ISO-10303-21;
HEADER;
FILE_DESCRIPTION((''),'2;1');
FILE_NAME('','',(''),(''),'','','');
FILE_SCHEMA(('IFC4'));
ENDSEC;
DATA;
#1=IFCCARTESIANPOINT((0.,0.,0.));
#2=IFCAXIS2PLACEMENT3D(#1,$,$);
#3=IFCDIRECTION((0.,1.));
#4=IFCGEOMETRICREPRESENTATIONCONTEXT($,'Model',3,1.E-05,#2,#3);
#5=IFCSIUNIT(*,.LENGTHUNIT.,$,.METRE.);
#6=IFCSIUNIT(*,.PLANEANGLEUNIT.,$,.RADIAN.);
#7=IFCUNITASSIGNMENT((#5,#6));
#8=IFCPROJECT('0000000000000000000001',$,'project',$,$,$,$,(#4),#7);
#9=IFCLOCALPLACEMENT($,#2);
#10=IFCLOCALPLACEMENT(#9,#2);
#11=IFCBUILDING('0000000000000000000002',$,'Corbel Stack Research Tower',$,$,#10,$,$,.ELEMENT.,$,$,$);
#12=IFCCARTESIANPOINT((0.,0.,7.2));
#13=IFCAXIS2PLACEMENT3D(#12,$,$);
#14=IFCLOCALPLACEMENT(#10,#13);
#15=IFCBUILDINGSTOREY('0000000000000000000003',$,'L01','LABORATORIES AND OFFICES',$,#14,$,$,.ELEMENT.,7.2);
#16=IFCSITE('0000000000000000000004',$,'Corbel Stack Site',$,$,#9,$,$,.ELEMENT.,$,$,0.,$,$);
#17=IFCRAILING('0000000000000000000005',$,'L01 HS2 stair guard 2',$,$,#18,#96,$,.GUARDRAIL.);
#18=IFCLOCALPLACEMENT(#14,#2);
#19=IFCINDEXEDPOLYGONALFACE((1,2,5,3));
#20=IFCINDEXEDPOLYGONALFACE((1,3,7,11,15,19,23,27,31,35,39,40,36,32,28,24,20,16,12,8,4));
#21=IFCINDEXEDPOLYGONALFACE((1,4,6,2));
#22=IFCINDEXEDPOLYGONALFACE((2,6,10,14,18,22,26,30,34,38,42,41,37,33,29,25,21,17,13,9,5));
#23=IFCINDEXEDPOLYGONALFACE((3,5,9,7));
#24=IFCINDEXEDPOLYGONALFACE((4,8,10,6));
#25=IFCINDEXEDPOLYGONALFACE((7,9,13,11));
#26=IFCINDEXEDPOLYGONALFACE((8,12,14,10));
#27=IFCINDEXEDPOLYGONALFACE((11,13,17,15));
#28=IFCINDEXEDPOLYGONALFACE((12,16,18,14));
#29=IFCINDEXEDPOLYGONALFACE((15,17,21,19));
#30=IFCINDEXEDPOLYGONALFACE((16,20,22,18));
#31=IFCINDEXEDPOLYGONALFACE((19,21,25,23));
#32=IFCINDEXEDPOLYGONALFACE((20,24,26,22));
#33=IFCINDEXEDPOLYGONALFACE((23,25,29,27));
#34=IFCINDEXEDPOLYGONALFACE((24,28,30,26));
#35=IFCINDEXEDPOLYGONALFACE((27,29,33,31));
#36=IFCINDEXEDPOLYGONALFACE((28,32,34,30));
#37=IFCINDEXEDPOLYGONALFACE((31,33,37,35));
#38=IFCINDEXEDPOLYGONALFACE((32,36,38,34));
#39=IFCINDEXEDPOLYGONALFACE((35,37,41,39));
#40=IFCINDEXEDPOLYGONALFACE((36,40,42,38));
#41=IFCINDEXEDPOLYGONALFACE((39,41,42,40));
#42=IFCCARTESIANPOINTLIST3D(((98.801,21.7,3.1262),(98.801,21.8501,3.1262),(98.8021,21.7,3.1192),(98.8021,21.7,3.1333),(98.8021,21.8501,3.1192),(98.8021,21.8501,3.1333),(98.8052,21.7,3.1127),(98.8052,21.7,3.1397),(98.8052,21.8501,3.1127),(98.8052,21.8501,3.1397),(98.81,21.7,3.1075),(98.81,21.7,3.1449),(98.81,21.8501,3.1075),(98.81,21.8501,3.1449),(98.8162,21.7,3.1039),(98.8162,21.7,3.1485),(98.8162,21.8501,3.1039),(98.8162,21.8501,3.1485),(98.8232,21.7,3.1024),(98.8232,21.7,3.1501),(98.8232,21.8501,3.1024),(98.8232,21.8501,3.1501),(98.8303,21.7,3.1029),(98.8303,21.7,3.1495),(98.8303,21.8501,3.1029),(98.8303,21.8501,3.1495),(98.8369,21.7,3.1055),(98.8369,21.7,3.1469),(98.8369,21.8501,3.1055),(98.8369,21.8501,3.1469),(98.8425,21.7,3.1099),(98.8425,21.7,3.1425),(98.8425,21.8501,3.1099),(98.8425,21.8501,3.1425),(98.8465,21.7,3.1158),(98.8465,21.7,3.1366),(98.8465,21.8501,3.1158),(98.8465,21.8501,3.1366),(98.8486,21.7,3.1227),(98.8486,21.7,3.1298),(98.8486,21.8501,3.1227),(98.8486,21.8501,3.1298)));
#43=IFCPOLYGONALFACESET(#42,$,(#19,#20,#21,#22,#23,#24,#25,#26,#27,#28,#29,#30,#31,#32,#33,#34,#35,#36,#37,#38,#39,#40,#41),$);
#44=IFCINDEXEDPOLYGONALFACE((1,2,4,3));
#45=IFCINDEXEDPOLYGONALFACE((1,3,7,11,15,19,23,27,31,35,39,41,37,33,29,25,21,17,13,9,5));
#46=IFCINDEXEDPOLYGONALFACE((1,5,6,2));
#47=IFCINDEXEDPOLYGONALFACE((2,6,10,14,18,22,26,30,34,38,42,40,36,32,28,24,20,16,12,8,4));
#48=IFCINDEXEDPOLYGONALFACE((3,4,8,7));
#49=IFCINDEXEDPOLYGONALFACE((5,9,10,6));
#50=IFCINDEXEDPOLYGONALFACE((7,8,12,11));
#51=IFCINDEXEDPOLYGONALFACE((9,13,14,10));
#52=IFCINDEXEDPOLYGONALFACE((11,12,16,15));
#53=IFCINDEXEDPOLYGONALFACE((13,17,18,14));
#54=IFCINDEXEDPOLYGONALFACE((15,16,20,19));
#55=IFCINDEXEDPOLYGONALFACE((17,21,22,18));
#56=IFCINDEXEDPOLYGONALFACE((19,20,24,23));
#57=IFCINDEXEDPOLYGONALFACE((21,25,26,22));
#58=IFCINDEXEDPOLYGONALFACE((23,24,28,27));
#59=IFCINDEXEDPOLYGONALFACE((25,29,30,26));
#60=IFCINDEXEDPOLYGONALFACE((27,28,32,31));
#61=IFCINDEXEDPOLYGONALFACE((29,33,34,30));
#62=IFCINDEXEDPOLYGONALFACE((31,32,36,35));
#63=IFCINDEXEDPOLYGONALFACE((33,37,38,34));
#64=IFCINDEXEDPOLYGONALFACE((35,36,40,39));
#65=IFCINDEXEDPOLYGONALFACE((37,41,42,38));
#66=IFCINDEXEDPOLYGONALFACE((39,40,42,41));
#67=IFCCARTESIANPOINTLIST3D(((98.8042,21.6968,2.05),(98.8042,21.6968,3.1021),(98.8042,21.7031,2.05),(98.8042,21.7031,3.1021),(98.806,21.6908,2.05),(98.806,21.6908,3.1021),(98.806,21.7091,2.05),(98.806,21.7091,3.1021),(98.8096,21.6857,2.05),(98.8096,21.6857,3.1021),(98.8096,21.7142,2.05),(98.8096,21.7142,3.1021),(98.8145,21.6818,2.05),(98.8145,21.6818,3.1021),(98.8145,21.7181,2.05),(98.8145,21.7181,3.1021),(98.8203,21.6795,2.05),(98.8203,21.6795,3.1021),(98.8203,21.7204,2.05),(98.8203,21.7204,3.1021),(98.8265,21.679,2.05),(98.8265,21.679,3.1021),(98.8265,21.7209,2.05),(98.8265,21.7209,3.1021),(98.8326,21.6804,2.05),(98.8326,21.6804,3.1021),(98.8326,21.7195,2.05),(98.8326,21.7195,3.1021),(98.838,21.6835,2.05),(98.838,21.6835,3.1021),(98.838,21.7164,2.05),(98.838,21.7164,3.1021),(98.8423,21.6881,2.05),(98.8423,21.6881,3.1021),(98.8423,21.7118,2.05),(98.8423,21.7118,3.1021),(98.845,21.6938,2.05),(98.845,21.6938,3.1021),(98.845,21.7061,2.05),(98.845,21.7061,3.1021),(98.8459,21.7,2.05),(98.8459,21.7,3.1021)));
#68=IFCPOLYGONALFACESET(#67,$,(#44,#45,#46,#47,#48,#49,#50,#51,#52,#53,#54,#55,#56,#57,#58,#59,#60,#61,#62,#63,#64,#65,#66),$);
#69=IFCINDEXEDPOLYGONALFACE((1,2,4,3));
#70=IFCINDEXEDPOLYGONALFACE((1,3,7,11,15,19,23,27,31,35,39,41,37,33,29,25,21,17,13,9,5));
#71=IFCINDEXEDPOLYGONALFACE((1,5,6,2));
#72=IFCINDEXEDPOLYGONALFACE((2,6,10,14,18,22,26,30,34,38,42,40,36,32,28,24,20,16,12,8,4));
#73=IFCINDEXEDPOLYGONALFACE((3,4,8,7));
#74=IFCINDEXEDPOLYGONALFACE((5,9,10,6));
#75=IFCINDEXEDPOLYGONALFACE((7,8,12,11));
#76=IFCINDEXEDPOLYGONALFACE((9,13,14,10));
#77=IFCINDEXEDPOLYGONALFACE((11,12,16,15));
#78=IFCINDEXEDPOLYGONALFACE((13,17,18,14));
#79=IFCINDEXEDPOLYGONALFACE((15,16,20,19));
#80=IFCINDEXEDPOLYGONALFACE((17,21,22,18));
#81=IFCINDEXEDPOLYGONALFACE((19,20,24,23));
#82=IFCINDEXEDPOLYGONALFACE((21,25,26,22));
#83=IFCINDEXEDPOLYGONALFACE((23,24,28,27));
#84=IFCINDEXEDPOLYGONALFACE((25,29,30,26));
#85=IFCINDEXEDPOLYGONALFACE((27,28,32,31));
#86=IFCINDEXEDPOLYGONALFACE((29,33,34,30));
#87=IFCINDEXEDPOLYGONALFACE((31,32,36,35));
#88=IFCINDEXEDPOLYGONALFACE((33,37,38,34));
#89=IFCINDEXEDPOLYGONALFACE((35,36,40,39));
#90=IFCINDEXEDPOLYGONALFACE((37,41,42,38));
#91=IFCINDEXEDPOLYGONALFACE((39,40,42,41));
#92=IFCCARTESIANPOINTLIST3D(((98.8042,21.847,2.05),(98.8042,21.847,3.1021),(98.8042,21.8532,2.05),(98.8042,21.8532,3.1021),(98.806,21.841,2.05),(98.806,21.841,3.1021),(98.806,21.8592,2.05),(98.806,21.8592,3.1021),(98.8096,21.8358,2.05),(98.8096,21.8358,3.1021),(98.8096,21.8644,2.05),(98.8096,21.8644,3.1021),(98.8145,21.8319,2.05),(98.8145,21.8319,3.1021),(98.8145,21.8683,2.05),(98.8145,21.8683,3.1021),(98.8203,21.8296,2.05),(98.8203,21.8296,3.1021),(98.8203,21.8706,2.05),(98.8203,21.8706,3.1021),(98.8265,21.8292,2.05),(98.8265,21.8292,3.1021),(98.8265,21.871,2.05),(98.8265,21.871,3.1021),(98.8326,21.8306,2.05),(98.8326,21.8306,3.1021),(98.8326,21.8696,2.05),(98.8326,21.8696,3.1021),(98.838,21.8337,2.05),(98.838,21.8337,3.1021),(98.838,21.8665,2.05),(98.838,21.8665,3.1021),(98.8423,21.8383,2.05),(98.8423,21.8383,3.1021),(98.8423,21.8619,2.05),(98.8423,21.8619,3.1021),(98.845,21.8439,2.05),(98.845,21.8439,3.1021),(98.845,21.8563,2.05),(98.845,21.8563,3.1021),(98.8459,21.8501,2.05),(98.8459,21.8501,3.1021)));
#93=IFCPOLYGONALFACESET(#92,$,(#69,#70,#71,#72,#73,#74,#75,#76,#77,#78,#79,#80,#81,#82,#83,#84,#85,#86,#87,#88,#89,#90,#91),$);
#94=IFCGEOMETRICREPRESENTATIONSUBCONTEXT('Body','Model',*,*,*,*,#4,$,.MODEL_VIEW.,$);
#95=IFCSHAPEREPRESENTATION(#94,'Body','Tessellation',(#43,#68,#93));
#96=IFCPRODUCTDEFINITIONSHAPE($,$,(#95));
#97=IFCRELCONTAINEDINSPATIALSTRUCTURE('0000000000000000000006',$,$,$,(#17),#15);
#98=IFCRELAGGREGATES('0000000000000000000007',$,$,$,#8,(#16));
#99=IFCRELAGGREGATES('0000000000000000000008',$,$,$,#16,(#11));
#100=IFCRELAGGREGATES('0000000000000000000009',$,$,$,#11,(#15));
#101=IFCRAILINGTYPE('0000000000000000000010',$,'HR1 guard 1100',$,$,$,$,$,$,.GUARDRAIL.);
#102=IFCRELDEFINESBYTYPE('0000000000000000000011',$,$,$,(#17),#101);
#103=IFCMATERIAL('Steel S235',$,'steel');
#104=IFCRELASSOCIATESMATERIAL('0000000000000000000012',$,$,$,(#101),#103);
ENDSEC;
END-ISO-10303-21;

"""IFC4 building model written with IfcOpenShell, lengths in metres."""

from ifc_helpers import new_model, si_unit, direction, frame, origin, origin_2d, place, context, subcontext, project, spatial, circle, extrude, material, type_object, element, save


model = new_model("IFC4")

# Units and contexts
model_context = context("Model", 3, precision=1e-05, world=origin(), true_north=direction((0.0, 1.0)))
body_context = subcontext(model_context, "Body", "Model", "MODEL_VIEW")
ifc_project = project(units=[si_unit("LENGTHUNIT", "METRE"), si_unit("PLANEANGLEUNIT", "RADIAN")], contexts=[model_context])

# Site, building, storey
site_placement = place(None, origin())
site = spatial("IfcSite", under=ifc_project, at=site_placement, Name="Corbel Stack Site", CompositionType="ELEMENT", RefElevation=0.0)
building_placement = place(site_placement, origin())
building = spatial("IfcBuilding", under=site, at=building_placement, Name="Corbel Stack Research Tower", CompositionType="ELEMENT")
storey_placement = place(building_placement, frame((0.0, 0.0, 7.2)))
storey = spatial("IfcBuildingStorey", under=building, at=storey_placement, Name="L01", Description="LABORATORIES AND OFFICES", CompositionType="ELEMENT", Elevation=7.2)

# Railing
ifc_material_1 = material(Name="Steel S235", Category="steel")
railing_type_1 = type_object("IfcRailingType", Name="HR1 guard 1100", PredefinedType="GUARDRAIL", material=ifc_material_1)
railing_1_placement = place(storey_placement, frame((98.825, 21.7, 2.05)))
element("IfcRailing", 1, at=railing_1_placement, inside=storey, type_object=railing_type_1, Name="L01 HS2 stair guard 2", PredefinedType="GUARDRAIL", context=body_context, shape_type="SweptSolid", body=[
    extrude(circle(Radius=0.0239, at=origin_2d()), frame((0.0, 0.0, 1.0762), z_axis=(0.0, 1.0, 0.0), x_axis=(-1.0, 0.0, 0.0)), (0.0, 0.0, 1.0), 0.1501),
    extrude(circle(Radius=0.021, at=origin_2d()), origin(), (0.0, 0.0, 1.0), 1.052),
    extrude(circle(Radius=0.021, at=origin_2d()), frame((0.0, 0.1501, 0.0)), (0.0, 0.0, 1.0), 1.052),
])

save(model, "model.ifc")
